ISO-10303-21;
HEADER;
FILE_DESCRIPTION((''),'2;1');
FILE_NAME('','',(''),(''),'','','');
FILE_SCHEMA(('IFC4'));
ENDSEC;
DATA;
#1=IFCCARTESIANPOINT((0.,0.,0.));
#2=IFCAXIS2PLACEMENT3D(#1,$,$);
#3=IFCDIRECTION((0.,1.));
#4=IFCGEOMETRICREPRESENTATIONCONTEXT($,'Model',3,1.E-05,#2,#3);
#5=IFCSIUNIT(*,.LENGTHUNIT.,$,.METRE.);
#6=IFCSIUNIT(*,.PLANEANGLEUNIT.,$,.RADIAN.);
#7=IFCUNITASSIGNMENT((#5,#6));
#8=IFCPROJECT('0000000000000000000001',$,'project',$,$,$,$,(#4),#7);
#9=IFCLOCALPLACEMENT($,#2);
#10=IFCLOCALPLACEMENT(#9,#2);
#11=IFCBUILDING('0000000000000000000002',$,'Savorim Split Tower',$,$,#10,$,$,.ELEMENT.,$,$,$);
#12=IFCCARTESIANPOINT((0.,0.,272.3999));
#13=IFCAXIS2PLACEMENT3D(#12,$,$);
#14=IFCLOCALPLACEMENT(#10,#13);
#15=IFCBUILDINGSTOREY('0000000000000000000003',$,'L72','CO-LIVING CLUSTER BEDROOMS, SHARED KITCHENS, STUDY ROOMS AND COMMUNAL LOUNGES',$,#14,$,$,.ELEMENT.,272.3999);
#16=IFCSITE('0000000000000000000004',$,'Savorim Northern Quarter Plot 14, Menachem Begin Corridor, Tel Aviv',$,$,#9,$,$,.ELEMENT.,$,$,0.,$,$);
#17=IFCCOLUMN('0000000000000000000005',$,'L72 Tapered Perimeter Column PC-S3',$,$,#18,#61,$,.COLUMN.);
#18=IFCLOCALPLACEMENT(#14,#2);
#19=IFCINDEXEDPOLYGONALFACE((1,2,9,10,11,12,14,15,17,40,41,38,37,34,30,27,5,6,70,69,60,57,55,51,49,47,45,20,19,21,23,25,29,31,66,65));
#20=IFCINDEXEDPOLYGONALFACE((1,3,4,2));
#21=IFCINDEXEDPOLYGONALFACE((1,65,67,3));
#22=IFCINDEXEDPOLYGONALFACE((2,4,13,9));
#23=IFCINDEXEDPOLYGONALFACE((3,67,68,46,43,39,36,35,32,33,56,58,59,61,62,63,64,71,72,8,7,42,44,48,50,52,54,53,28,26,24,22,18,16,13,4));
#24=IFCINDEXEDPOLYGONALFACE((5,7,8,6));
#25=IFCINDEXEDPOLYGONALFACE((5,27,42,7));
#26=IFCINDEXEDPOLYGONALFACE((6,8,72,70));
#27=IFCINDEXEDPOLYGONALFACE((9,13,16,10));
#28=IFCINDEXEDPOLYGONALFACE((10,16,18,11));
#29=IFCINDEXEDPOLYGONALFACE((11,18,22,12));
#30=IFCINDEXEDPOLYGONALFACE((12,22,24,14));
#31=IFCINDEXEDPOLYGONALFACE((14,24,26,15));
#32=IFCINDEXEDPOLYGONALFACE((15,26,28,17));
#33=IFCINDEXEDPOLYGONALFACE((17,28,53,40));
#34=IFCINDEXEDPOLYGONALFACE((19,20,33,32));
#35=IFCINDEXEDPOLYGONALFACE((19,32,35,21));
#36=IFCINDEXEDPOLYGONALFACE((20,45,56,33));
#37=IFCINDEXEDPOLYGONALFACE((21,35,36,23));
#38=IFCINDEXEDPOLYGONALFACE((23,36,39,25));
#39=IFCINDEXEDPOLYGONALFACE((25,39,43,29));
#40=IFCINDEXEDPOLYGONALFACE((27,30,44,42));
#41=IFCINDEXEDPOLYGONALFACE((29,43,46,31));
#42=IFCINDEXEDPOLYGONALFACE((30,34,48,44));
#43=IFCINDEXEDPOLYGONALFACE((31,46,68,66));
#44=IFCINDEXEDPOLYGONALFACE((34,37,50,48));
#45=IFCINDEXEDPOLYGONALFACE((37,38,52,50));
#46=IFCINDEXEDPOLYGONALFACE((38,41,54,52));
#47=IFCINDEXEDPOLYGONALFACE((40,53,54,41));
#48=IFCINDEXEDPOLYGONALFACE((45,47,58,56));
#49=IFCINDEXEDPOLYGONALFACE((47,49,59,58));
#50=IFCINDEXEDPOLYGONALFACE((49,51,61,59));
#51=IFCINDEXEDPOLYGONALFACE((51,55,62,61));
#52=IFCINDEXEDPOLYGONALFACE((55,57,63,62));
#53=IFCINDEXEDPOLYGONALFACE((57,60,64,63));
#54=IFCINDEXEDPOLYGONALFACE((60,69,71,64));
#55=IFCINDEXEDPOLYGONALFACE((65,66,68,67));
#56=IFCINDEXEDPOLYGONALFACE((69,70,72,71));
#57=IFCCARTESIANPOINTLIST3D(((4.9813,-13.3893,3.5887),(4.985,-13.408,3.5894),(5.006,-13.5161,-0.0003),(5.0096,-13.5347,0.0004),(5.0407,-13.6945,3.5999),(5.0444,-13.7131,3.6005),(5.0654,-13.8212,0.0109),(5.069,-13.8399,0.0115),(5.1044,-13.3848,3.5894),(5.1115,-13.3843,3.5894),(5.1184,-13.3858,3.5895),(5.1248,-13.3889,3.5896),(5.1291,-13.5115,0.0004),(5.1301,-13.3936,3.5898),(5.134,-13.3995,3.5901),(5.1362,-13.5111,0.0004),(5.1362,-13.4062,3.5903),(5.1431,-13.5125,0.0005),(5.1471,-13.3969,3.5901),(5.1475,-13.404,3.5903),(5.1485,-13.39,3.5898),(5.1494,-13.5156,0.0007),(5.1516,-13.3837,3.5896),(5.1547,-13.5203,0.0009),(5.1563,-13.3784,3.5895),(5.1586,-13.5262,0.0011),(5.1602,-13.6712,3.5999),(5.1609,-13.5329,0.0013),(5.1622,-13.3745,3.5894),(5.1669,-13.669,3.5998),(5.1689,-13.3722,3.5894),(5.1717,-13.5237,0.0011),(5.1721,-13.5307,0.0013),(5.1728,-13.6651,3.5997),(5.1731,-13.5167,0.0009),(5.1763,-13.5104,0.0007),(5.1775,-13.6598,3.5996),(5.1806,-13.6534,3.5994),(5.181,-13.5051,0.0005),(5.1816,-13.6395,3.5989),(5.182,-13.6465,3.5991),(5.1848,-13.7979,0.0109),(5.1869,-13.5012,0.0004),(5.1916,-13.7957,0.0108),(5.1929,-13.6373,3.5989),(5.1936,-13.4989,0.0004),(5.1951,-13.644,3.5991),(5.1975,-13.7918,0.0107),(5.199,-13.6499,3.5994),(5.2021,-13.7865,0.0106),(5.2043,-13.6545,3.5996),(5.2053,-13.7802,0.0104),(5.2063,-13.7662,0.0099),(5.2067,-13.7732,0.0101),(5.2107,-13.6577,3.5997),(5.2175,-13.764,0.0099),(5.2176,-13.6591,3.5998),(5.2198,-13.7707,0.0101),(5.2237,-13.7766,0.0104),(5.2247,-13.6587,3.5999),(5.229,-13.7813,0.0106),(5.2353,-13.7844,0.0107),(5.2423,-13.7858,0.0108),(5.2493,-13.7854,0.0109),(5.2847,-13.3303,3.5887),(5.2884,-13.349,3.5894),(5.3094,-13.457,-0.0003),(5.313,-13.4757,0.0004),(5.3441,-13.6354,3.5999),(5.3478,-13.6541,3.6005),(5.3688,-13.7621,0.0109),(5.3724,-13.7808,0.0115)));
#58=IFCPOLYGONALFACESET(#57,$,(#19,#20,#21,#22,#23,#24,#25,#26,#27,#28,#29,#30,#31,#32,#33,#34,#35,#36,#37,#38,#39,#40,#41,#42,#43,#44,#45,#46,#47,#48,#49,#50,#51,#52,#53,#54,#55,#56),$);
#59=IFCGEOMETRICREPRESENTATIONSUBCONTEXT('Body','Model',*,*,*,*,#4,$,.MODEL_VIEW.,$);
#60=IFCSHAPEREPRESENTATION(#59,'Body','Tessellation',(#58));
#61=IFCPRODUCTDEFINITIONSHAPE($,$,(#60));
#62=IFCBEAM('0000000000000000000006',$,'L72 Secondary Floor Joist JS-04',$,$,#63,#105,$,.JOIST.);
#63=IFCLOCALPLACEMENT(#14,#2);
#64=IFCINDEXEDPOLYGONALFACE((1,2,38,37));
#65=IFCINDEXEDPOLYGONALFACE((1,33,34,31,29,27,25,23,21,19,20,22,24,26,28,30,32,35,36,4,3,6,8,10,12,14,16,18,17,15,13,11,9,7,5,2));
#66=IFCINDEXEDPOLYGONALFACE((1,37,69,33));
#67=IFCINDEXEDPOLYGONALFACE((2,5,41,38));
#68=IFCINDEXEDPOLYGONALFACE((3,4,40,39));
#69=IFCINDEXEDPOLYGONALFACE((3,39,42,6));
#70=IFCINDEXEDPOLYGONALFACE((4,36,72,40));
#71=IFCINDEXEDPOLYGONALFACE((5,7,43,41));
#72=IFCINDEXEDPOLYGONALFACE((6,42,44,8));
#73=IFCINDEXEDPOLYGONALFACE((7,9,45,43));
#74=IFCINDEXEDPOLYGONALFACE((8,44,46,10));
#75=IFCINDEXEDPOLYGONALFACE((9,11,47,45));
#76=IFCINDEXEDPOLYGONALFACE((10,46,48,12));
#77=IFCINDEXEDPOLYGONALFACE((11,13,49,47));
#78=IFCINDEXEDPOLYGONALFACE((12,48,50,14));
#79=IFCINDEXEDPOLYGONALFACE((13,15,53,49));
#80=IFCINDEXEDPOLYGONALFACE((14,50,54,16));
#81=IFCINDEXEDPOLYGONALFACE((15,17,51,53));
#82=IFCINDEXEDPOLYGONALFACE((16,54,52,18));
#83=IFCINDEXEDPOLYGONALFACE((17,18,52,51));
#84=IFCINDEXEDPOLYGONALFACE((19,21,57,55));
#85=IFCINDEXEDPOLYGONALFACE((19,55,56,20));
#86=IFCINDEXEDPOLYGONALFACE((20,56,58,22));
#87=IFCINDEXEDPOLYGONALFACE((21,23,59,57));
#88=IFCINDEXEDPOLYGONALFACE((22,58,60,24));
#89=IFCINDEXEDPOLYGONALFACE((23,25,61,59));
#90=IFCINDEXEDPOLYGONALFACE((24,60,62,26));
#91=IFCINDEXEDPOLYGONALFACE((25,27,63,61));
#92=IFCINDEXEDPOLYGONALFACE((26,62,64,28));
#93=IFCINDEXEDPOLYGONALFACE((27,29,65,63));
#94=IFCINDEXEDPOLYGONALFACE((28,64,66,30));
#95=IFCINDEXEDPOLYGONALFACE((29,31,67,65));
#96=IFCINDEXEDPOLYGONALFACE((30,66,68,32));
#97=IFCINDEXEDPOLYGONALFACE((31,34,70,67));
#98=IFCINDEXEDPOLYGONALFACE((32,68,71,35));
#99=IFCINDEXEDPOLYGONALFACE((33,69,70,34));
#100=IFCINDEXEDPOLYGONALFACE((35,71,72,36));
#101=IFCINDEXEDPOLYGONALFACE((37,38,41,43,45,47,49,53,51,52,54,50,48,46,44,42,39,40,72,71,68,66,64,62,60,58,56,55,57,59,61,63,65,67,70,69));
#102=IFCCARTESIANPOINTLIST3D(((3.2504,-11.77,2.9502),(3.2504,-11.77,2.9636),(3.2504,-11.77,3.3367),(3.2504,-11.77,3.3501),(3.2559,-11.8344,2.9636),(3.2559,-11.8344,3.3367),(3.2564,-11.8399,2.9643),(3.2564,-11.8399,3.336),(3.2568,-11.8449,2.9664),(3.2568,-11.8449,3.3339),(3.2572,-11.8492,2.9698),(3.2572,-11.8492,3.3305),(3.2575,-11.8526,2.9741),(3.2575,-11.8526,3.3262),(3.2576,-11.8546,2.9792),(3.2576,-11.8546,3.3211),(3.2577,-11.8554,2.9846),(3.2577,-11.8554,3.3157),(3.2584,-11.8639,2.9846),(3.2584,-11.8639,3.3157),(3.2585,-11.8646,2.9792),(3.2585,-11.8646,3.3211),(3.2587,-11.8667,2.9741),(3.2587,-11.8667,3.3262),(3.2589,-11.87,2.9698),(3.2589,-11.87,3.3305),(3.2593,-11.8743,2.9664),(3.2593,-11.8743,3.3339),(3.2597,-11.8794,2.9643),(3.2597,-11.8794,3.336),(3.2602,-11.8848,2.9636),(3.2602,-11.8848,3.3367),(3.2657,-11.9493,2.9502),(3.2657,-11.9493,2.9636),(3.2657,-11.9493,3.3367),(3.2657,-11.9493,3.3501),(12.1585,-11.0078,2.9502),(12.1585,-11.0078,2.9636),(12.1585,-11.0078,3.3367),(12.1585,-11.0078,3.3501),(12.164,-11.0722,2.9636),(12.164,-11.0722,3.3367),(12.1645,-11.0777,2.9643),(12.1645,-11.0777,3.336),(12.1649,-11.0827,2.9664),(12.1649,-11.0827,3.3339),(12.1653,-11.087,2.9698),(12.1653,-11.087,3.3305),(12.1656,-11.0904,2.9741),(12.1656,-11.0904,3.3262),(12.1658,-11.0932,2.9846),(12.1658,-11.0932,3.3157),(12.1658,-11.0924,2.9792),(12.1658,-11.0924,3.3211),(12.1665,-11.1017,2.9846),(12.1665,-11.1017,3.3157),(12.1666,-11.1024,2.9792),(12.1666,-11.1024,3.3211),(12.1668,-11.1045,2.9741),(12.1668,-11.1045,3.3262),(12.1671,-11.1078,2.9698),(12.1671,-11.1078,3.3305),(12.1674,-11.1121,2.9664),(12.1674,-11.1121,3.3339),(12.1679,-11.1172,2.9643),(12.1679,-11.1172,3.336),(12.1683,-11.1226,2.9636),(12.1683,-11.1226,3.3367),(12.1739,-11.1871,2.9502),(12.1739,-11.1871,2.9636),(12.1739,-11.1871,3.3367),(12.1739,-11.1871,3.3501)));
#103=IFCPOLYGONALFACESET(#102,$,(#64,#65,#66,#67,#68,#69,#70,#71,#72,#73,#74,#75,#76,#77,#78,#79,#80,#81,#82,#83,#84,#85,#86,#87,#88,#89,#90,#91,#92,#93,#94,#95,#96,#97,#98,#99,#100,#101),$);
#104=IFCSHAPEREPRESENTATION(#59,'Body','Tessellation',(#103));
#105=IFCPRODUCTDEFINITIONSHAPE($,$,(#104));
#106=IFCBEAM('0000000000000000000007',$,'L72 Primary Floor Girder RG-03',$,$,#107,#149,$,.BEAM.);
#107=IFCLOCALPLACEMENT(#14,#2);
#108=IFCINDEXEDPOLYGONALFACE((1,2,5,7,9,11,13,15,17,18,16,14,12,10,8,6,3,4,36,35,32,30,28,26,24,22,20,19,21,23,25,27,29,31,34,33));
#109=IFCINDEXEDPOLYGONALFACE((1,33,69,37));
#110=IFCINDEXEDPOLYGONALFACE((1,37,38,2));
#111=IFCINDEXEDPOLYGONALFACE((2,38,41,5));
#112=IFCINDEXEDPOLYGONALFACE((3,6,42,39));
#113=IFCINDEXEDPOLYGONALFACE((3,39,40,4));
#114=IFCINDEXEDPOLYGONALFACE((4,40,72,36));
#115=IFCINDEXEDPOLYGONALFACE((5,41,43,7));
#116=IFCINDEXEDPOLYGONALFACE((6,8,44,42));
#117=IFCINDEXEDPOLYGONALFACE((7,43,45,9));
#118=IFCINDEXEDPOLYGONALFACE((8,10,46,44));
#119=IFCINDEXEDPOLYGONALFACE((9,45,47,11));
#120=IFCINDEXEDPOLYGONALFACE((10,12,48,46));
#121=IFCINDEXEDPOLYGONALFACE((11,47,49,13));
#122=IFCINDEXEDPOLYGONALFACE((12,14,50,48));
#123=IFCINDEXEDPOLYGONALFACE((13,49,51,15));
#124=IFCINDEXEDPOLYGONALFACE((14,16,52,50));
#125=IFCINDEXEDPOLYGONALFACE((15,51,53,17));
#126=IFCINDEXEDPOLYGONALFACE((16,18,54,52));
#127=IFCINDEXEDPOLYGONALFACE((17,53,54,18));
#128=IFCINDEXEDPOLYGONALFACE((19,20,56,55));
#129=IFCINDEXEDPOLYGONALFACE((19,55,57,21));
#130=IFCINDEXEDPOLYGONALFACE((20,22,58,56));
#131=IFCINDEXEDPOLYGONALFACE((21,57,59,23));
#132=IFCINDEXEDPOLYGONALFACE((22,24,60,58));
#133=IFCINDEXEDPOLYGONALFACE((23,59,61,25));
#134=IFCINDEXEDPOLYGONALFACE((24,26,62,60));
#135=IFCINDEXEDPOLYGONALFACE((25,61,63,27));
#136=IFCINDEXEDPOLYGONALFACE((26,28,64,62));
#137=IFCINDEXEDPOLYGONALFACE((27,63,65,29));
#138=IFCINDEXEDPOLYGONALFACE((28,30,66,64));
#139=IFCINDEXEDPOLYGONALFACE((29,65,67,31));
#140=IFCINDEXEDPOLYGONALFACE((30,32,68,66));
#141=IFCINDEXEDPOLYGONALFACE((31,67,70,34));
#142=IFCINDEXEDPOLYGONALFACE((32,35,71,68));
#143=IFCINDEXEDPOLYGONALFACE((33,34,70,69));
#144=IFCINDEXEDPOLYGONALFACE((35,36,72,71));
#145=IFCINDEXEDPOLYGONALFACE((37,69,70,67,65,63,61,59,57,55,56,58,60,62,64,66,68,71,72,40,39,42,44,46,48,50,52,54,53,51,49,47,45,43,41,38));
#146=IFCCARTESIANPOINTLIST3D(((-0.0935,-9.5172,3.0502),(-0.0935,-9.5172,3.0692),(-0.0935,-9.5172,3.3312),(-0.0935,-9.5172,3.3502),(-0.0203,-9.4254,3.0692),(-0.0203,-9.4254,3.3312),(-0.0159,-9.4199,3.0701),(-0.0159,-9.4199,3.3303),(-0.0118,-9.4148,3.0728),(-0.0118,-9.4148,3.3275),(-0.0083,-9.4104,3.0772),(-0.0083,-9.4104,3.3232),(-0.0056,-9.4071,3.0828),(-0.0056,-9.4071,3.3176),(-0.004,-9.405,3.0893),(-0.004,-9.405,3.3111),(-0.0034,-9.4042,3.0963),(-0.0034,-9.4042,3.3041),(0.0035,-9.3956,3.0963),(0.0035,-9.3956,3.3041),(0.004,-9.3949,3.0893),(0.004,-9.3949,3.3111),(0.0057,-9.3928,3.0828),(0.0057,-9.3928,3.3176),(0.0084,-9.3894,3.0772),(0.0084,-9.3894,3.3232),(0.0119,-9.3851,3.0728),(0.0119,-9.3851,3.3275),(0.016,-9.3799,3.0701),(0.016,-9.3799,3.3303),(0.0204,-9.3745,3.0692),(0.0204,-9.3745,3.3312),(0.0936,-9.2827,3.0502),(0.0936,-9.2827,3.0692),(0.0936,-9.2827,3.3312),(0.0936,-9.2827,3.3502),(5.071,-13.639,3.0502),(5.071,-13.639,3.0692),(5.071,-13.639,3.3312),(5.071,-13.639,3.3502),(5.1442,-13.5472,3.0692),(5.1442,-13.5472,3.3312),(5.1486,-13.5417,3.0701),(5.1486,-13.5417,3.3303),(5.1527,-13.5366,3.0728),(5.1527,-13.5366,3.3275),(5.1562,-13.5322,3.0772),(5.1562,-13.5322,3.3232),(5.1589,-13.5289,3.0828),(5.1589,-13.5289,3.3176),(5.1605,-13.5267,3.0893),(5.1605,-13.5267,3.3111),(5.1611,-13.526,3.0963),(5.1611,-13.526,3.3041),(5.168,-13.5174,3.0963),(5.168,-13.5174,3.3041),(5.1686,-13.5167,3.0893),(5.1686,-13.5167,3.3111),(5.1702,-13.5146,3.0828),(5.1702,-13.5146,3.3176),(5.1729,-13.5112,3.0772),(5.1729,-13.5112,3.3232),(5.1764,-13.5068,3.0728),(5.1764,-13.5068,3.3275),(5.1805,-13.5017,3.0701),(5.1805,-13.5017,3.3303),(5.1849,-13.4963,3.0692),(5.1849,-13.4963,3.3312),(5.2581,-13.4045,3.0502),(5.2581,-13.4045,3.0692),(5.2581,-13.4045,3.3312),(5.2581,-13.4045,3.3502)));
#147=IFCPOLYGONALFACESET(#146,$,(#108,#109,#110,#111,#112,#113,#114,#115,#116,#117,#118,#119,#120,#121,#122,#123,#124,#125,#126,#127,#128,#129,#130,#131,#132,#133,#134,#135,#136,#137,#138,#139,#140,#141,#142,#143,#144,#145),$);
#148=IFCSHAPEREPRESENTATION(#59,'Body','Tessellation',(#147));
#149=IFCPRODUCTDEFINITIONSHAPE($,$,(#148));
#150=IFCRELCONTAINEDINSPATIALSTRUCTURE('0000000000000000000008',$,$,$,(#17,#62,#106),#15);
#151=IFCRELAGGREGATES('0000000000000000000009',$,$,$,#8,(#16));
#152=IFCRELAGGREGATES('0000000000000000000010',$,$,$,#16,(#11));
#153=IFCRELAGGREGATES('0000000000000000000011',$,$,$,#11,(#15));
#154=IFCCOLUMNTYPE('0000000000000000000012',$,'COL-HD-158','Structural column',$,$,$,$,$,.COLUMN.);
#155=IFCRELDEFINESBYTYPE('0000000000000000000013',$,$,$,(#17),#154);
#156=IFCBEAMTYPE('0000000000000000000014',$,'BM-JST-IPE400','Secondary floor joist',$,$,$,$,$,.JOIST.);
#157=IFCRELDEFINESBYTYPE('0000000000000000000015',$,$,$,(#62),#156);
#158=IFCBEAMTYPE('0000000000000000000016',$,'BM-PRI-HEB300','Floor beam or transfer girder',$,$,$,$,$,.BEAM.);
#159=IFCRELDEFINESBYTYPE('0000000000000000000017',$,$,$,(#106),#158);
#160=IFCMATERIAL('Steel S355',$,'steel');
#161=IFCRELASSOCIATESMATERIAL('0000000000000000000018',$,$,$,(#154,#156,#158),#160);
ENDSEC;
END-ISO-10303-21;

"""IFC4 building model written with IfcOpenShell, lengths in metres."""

from ifc_helpers import new_model, si_unit, direction, frame, origin, origin_2d, place, context, subcontext, project, spatial, i_section, extrude, material, material_profile, profile_set, type_object, element, save


model = new_model("IFC4")

# Units and contexts
model_context = context("Model", 3, precision=1e-05, world=origin(), true_north=direction((0.0, 1.0)))
body_context = subcontext(model_context, "Body", "Model", "MODEL_VIEW")
ifc_project = project(units=[si_unit("LENGTHUNIT", "METRE"), si_unit("PLANEANGLEUNIT", "RADIAN")], contexts=[model_context])

# Site, building, storey
site_placement = place(None, origin())
site = spatial("IfcSite", under=ifc_project, at=site_placement, Name="Savorim Northern Quarter Plot 14, Menachem Begin Corridor, Tel Aviv", CompositionType="ELEMENT", RefElevation=0.0)
building_placement = place(site_placement, origin())
building = spatial("IfcBuilding", under=site, at=building_placement, Name="Savorim Split Tower", CompositionType="ELEMENT")
storey_placement = place(building_placement, frame((0.0, 0.0, 272.3999)))
storey = spatial("IfcBuildingStorey", under=building, at=storey_placement, Name="L72", Description="CO-LIVING CLUSTER BEDROOMS, SHARED KITCHENS, STUDY ROOMS AND COMMUNAL LOUNGES", CompositionType="ELEMENT", Elevation=272.3999)

# Column
ifc_material_1 = material(Name="Steel S355", Category="steel")
ifc_material_profile_1 = material_profile(ifc_material_1, i_section(OverallWidth=0.3091, OverallDepth=0.3301, WebThickness=0.0115, FlangeThickness=0.019, FilletRadius=0.0271, at=origin_2d()), Name="HD 320x158")
ifc_profile_set_1 = profile_set([ifc_material_profile_1], Name="Steel S355")
column_type = type_object("IfcColumnType", Name="COL-HD-158", Description="Structural column", PredefinedType="COLUMN", material=ifc_profile_set_1)
column_placement = place(storey_placement, frame((5.1892, -13.6484, 0.0056), z_axis=(-0.006866, 0.035283, 0.999354), x_axis=(-0.981586, -0.191022, 0.0)))
element("IfcColumn", 1, at=column_placement, inside=storey, type_object=column_type, Name="L72 Tapered Perimeter Column PC-S3", PredefinedType="COLUMN", context=body_context, shape_type="SweptSolid", body=[
    extrude(i_section(OverallWidth=0.3091, OverallDepth=0.3301, WebThickness=0.0115, FlangeThickness=0.019, FilletRadius=0.0271, at=origin_2d()), origin(), (0.0, 0.0, 1.0), 3.5913),
])

# Beams
ifc_material_profile_2 = material_profile(ifc_material_1, i_section(OverallWidth=0.1799, OverallDepth=0.3999, WebThickness=0.0085, FlangeThickness=0.0134, FilletRadius=0.021, at=origin_2d()), Name="IPE 400")
ifc_profile_set_2 = profile_set([ifc_material_profile_2], Name="Steel S355")
beam_type_1 = type_object("IfcBeamType", Name="BM-JST-IPE400", Description="Secondary floor joist", PredefinedType="JOIST", material=ifc_profile_set_2)
beam_1_placement = place(storey_placement, frame((3.2581, -11.8596, 3.1501), z_axis=(0.99636, 0.085251, 0.0), x_axis=(-0.085251, 0.99636, 0.0)))
element("IfcBeam", 2, at=beam_1_placement, inside=storey, type_object=beam_type_1, Name="L72 Secondary Floor Joist JS-04", PredefinedType="JOIST", context=body_context, shape_type="SweptSolid", body=[
    extrude(i_section(OverallWidth=0.1799, OverallDepth=0.3999, WebThickness=0.0085, FlangeThickness=0.0134, FilletRadius=0.021, at=origin_2d()), origin(), (0.0, 0.0, 1.0), 8.9407),
])
ifc_material_profile_3 = material_profile(ifc_material_1, i_section(OverallWidth=0.3, OverallDepth=0.3, WebThickness=0.011, FlangeThickness=0.019, FilletRadius=0.0271, at=origin_2d()), Name="HEB 300")
ifc_profile_set_3 = profile_set([ifc_material_profile_3], Name="Steel S355")
beam_type_2 = type_object("IfcBeamType", Name="BM-PRI-HEB300", Description="Floor beam or transfer girder", PredefinedType="BEAM", material=ifc_profile_set_3)
beam_2_placement = place(storey_placement, frame((5.1646, -13.5217, 3.2002), z_axis=(-0.781593, 0.623789, 0.0), x_axis=(-0.623789, -0.781593, 0.0)))
element("IfcBeam", 3, at=beam_2_placement, inside=storey, type_object=beam_type_2, Name="L72 Primary Floor Girder RG-03", PredefinedType="BEAM", context=body_context, shape_type="SweptSolid", body=[
    extrude(i_section(OverallWidth=0.3, OverallDepth=0.3, WebThickness=0.011, FlangeThickness=0.019, FilletRadius=0.0271, at=origin_2d()), origin(), (0.0, 0.0, 1.0), 6.6077),
])

save(model, "model.ifc")
